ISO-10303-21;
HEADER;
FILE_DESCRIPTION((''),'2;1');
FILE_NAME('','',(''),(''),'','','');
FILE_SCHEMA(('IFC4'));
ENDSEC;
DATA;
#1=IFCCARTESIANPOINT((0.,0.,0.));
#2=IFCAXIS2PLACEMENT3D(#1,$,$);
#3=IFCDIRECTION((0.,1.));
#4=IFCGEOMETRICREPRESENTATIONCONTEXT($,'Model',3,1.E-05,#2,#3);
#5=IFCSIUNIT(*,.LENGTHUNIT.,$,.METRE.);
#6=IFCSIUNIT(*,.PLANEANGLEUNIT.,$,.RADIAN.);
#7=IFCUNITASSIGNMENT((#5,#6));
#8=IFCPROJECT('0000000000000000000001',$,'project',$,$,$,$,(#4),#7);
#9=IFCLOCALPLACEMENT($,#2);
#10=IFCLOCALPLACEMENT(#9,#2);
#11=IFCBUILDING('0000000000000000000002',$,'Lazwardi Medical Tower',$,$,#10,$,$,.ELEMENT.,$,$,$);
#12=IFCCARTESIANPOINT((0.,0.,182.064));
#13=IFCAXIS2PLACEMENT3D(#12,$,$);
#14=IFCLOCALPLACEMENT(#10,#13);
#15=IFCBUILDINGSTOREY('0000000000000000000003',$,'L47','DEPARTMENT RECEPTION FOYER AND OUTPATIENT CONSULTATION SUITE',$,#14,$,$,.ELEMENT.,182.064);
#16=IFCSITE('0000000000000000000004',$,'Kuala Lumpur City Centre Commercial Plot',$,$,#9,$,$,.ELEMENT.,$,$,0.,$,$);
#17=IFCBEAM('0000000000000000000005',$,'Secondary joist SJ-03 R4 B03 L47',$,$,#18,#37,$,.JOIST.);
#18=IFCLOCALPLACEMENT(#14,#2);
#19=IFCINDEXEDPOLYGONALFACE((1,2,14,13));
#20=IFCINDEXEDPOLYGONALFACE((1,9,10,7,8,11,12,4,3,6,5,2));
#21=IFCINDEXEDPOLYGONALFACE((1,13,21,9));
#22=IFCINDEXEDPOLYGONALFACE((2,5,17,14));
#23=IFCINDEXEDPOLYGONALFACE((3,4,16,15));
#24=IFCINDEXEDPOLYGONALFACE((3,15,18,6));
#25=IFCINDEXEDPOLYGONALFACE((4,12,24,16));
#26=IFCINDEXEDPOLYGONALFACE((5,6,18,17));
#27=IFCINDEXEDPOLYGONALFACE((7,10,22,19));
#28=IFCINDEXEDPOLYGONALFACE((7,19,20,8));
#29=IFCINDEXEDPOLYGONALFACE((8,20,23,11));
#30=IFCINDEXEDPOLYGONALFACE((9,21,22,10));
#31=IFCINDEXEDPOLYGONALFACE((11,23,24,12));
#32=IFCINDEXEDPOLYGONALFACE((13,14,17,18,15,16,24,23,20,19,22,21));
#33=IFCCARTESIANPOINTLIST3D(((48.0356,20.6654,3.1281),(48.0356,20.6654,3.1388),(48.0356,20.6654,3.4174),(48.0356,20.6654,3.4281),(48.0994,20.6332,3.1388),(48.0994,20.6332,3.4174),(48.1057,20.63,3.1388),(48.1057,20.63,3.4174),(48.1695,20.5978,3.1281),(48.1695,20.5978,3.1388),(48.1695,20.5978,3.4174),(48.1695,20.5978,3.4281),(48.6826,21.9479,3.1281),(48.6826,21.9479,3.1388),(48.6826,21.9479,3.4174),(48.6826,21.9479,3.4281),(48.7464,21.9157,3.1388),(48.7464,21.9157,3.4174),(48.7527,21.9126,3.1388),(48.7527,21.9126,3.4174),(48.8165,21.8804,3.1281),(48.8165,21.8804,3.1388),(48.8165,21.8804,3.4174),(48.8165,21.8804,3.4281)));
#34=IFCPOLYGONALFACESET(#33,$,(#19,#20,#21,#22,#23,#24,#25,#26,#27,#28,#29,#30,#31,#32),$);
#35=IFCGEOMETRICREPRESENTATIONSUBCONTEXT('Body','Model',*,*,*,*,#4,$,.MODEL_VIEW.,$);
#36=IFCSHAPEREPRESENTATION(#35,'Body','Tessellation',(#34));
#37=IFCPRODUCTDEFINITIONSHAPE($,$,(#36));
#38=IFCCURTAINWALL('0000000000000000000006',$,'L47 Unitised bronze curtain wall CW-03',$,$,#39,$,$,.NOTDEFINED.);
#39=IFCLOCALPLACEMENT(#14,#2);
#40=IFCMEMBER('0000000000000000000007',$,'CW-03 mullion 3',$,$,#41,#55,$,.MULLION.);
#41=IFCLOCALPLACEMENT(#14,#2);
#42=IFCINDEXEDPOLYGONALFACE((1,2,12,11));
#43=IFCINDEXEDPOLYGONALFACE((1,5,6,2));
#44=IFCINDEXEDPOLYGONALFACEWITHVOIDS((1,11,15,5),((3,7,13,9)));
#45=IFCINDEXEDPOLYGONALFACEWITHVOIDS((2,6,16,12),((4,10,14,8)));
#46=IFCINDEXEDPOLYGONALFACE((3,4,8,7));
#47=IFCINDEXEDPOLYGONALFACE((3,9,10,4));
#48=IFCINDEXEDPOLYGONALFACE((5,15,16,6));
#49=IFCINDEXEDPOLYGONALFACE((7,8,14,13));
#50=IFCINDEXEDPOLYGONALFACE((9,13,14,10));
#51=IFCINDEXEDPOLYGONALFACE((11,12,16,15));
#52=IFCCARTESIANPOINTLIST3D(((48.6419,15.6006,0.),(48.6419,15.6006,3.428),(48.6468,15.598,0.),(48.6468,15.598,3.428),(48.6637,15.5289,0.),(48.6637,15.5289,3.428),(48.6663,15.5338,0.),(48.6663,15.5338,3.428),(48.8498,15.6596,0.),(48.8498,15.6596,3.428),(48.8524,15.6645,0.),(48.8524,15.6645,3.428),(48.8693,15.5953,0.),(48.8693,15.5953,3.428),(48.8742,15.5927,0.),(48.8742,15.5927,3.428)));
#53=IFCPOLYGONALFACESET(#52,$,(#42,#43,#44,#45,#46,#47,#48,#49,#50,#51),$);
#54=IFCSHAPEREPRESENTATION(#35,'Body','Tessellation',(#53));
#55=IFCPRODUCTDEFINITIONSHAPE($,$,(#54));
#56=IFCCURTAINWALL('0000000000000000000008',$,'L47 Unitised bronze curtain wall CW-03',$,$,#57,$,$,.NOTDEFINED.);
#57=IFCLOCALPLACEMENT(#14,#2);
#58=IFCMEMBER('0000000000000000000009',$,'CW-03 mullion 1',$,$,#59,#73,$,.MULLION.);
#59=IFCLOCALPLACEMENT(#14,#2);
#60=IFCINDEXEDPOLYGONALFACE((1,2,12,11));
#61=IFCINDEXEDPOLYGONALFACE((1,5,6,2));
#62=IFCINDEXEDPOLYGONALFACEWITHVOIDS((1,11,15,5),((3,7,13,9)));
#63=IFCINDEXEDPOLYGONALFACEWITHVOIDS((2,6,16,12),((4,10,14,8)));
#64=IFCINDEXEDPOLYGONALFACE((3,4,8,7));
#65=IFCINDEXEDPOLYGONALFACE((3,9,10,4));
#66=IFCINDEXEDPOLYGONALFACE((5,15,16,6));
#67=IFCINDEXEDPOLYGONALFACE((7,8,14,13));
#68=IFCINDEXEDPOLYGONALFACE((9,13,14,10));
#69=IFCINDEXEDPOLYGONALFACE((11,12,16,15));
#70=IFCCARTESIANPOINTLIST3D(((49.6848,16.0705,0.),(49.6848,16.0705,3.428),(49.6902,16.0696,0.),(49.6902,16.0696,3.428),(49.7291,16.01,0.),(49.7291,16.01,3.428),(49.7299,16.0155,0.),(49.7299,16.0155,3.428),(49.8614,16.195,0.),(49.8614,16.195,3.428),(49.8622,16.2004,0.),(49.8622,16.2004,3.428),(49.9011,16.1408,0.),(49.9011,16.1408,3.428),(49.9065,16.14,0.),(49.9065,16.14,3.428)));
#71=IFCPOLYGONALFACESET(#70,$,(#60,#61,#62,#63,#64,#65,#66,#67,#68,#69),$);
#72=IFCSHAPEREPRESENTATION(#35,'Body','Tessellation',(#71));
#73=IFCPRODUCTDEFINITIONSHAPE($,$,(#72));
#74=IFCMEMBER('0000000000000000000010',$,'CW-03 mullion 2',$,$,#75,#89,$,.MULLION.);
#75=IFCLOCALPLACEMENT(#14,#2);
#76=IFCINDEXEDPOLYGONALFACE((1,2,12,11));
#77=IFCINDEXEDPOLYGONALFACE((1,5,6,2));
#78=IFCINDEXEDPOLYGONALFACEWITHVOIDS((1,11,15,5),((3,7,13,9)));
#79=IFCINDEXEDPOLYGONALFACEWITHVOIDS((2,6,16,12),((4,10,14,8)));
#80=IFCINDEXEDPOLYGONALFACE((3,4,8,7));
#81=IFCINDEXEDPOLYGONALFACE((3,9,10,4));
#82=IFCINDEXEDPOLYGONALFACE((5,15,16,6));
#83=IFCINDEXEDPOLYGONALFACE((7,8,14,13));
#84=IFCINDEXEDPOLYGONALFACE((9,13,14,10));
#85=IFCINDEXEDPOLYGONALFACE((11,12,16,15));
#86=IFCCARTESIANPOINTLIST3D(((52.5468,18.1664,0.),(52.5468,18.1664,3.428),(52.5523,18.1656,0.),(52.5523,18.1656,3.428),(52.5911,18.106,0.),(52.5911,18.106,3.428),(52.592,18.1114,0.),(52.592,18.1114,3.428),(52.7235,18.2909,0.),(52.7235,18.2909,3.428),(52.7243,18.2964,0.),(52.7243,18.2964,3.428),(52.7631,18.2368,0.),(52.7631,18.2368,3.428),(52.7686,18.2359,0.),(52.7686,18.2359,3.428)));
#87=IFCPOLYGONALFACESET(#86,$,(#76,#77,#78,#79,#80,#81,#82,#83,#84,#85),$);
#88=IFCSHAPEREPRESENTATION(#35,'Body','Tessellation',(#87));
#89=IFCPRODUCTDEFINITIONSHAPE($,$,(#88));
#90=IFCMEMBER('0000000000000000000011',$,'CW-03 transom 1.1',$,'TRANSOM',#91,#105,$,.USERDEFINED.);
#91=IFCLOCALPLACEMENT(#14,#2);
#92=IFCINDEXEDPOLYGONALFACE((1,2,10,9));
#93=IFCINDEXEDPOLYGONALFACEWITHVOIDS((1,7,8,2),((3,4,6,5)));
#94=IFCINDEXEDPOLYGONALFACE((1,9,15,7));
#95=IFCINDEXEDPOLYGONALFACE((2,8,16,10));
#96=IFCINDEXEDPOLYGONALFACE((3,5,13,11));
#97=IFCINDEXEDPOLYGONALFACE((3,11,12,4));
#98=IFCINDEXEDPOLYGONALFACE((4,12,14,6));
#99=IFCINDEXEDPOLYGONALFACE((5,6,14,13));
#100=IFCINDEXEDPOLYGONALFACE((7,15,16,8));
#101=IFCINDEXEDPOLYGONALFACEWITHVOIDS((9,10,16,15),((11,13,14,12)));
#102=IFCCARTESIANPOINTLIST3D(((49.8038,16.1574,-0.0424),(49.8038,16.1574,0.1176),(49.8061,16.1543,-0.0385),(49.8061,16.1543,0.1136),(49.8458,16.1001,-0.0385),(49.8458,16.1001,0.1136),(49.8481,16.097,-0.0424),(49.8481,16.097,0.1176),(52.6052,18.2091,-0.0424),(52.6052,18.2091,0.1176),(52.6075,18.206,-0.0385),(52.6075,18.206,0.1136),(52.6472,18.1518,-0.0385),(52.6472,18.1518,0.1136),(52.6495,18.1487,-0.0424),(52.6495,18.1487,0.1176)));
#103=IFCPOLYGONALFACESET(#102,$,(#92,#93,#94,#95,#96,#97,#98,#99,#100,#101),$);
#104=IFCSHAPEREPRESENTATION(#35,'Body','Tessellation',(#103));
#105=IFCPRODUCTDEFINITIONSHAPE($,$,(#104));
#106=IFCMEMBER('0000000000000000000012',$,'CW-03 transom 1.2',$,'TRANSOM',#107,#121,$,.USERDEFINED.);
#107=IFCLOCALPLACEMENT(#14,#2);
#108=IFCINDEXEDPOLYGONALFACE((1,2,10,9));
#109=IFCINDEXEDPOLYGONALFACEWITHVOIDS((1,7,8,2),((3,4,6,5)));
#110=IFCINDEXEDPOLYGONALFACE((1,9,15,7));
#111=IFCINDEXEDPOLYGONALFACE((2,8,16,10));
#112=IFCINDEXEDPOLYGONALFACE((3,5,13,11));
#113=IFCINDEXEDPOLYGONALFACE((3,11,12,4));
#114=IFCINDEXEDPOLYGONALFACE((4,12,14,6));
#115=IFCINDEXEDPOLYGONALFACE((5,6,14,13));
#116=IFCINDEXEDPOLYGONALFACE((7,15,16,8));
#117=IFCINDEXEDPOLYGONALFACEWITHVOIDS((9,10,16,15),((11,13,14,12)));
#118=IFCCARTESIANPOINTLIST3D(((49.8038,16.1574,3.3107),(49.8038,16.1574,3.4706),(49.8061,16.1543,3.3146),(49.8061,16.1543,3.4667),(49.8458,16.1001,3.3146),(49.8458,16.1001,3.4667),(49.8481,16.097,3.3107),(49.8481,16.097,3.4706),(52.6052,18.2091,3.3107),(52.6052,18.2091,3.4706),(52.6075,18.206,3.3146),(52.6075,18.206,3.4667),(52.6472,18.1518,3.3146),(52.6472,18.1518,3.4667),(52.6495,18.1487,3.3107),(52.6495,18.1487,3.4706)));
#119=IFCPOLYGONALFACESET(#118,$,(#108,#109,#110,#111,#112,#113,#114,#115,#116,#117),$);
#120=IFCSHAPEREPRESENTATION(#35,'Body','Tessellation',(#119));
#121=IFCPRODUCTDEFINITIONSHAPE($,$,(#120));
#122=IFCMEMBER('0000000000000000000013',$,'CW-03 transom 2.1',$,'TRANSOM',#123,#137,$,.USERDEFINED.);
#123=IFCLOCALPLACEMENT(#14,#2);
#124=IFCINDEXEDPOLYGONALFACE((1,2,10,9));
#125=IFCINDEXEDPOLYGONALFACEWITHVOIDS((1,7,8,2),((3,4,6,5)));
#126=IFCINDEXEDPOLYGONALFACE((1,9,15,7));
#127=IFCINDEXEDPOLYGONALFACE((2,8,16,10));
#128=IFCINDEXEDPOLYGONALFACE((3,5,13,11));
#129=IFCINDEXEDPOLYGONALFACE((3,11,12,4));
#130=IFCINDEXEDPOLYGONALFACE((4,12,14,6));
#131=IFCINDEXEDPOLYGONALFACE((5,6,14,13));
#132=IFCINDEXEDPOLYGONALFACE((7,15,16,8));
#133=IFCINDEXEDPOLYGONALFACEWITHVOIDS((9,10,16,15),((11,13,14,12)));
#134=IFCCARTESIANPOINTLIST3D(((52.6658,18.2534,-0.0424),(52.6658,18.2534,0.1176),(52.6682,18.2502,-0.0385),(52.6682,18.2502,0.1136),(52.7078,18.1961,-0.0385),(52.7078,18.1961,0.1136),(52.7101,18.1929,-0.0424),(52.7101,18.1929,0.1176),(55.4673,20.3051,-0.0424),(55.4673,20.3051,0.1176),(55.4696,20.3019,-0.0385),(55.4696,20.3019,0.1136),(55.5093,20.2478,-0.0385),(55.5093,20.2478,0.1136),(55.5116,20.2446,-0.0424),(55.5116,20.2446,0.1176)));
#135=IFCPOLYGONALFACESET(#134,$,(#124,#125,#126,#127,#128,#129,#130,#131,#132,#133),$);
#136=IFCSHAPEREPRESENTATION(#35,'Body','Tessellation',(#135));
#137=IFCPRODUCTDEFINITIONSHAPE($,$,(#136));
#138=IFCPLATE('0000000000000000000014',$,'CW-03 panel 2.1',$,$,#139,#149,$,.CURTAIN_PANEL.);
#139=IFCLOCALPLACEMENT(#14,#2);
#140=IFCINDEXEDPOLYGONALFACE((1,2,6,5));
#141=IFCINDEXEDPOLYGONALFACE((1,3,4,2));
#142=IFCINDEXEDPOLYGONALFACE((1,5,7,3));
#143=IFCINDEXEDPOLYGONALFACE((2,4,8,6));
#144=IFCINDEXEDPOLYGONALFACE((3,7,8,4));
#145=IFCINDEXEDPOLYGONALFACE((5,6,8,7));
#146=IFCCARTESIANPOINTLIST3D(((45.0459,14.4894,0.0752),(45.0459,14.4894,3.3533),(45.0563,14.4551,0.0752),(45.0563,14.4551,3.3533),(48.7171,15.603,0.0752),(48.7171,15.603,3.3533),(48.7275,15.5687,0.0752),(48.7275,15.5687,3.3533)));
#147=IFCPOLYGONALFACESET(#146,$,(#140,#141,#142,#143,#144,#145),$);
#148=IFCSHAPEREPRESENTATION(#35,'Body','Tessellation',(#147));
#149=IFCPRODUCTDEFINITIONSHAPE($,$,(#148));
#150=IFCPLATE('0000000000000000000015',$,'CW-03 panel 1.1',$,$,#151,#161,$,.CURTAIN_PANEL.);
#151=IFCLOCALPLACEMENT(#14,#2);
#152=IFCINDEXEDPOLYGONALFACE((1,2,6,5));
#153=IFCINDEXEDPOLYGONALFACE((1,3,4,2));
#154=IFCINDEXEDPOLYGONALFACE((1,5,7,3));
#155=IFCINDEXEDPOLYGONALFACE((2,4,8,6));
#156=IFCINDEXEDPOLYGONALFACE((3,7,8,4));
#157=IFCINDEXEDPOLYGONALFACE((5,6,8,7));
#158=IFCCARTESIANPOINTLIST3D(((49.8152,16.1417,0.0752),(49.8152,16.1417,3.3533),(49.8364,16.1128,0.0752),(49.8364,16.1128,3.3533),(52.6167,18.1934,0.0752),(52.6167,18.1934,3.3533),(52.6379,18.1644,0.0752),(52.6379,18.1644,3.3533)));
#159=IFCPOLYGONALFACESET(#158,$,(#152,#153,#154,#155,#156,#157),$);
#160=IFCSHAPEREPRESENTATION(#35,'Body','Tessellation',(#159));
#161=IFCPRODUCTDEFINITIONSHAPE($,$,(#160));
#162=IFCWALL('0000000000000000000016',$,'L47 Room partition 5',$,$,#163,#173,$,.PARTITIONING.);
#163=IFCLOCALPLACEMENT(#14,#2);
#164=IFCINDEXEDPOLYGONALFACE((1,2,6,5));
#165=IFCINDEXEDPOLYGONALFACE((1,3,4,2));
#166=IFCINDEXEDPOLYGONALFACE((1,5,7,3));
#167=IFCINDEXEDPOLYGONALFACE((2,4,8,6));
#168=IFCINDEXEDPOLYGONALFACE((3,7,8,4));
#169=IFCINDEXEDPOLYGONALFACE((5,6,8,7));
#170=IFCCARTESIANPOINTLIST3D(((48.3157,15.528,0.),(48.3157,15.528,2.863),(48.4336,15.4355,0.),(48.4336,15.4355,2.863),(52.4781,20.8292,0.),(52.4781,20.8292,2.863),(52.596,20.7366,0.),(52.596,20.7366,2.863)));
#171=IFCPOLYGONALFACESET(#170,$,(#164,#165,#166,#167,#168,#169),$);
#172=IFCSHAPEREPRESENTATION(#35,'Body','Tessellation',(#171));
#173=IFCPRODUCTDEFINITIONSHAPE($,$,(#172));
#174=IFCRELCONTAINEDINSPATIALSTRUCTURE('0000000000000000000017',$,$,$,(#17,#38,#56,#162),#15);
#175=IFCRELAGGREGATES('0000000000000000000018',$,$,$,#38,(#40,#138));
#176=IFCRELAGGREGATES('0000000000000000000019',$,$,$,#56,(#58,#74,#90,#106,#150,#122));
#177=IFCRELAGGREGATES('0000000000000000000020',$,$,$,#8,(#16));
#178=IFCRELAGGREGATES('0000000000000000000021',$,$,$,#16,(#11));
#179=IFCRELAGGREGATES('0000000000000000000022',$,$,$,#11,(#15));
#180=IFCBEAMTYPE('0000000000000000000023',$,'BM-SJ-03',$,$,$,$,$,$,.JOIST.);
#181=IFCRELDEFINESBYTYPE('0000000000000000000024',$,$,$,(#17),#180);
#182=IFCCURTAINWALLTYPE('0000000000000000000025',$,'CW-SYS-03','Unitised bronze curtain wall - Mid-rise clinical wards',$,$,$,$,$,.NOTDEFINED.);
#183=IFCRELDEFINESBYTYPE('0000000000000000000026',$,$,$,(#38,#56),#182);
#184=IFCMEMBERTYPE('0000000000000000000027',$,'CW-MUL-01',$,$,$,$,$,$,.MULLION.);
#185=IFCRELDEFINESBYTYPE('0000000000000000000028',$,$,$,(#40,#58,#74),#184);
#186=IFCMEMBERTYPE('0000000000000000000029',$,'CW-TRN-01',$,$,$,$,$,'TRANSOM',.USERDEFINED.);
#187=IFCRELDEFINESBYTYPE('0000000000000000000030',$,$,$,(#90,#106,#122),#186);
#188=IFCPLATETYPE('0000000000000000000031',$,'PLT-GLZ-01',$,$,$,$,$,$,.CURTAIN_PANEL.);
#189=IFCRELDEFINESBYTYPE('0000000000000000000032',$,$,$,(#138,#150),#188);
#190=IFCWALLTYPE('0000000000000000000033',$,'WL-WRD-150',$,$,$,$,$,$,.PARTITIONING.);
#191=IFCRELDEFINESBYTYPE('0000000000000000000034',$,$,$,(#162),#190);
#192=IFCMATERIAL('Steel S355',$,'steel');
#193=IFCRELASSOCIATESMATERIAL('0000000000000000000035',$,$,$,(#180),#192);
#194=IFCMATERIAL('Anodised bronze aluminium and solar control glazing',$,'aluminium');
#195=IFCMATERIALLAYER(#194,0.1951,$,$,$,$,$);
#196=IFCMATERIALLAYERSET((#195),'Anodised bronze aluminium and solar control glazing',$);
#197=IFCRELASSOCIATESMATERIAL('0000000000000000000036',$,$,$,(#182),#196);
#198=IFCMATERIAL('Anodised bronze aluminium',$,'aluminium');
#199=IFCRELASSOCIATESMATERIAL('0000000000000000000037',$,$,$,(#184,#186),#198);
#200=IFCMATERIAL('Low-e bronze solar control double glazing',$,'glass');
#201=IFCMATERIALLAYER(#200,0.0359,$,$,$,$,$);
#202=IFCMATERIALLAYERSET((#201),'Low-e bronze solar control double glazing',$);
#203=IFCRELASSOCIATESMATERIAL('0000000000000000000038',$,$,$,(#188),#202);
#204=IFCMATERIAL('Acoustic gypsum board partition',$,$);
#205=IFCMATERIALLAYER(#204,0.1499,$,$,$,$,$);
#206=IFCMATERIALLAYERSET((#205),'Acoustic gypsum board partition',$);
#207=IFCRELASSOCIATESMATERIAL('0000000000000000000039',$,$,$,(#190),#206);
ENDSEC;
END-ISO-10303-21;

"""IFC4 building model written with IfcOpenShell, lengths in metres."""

from ifc_helpers import new_model, si_unit, direction, frame, frame_2d, origin, origin_2d, place, context, subcontext, project, spatial, rectangle, hollow_rectangle, i_section, extrude, material, layer, layer_set, material_profile, profile_set, type_object, element, aggregate, save


model = new_model("IFC4")

# Units and contexts
model_context = context("Model", 3, precision=1e-05, world=origin(), true_north=direction((0.0, 1.0)))
body_context = subcontext(model_context, "Body", "Model", "MODEL_VIEW")
ifc_project = project(units=[si_unit("LENGTHUNIT", "METRE"), si_unit("PLANEANGLEUNIT", "RADIAN")], contexts=[model_context])

# Site, building, storey
site_placement = place(None, origin())
site = spatial("IfcSite", under=ifc_project, at=site_placement, Name="Kuala Lumpur City Centre Commercial Plot", CompositionType="ELEMENT", RefElevation=0.0)
building_placement = place(site_placement, origin())
building = spatial("IfcBuilding", under=site, at=building_placement, Name="Lazwardi Medical Tower", CompositionType="ELEMENT")
storey_placement = place(building_placement, frame((0.0, 0.0, 182.064)))
storey = spatial("IfcBuildingStorey", under=building, at=storey_placement, Name="L47", Description="DEPARTMENT RECEPTION FOYER AND OUTPATIENT CONSULTATION SUITE", CompositionType="ELEMENT", Elevation=182.064)

# Beam
ifc_material_1 = material(Name="Steel S355", Category="steel")
ifc_material_profile_1 = material_profile(ifc_material_1, i_section(OverallWidth=0.1499, OverallDepth=0.3, WebThickness=0.0071, FlangeThickness=0.0107, at=origin_2d()), Name="IPE 300")
ifc_profile_set_1 = profile_set([ifc_material_profile_1], Name="Steel S355")
beam_type_1 = type_object("IfcBeamType", Name="BM-SJ-03", PredefinedType="JOIST", material=ifc_profile_set_1)
beam_1_placement = place(storey_placement, frame((48.1025, 20.6316, 3.2781), z_axis=(0.450406, 0.892824, 0.0), x_axis=(-0.892824, 0.450406, 0.0)))
element("IfcBeam", 1, at=beam_1_placement, inside=storey, type_object=beam_type_1, Name="Secondary joist SJ-03 R4 B03 L47", PredefinedType="JOIST", context=body_context, shape_type="SweptSolid", body=[
    extrude(i_section(OverallWidth=0.1499, OverallDepth=0.3, WebThickness=0.0071, FlangeThickness=0.0107, at=origin_2d()), origin(), (0.0, 0.0, 1.0), 1.4365),
])

# Curtain wall, member
ifc_material_2 = material(Name="Anodised bronze aluminium and solar control glazing", Category="aluminium")
ifc_layer_1 = layer(ifc_material_2, 0.1951)
ifc_layer_set_1 = layer_set([ifc_layer_1], Name="Anodised bronze aluminium and solar control glazing")
curtain_wall_type = type_object("IfcCurtainWallType", Name="CW-SYS-03", Description="Unitised bronze curtain wall - Mid-rise clinical wards", PredefinedType="NOTDEFINED", material=ifc_layer_set_1)
curtain_wall_1_placement = place(storey_placement, origin())
curtain_wall_1 = element("IfcCurtainWall", 2, at=curtain_wall_1_placement, inside=storey, type_object=curtain_wall_type, Name="L47 Unitised bronze curtain wall CW-03", PredefinedType="NOTDEFINED")
ifc_material_3 = material(Name="Anodised bronze aluminium", Category="aluminium")
ifc_material_profile_2 = material_profile(ifc_material_3, hollow_rectangle(XDim=0.075, YDim=0.22, WallThickness=0.0039, at=origin_2d()), Name="ALU-MULLION 220x75x4")
ifc_profile_set_2 = profile_set([ifc_material_profile_2], Name="Anodised bronze aluminium")
member_type_1 = type_object("IfcMemberType", Name="CW-MUL-01", PredefinedType="MULLION", material=ifc_profile_set_2)
member_1_placement = place(storey_placement, frame((48.7581, 15.5967, 0.0), z_axis=(0.0, 0.0, 1.0), x_axis=(-0.290281, 0.956942, 0.0)))
member_1 = element("IfcMember", 3, at=member_1_placement, type_object=member_type_1, Name="CW-03 mullion 3", PredefinedType="MULLION", context=body_context, shape_type="SweptSolid", body=[
    extrude(hollow_rectangle(XDim=0.075, YDim=0.22, WallThickness=0.0039, at=origin_2d()), origin(), (0.0, 0.0, 1.0), 3.428),
])

# Curtain wall, members
curtain_wall_2_placement = place(storey_placement, origin())
curtain_wall_2 = element("IfcCurtainWall", 4, at=curtain_wall_2_placement, inside=storey, type_object=curtain_wall_type, Name="L47 Unitised bronze curtain wall CW-03", PredefinedType="NOTDEFINED")
member_2_placement = place(storey_placement, frame((49.7957, 16.1052, 0.0), z_axis=(0.0, 0.0, 1.0), x_axis=(-0.590834, 0.806793, 0.0)))
member_2 = element("IfcMember", 5, at=member_2_placement, type_object=member_type_1, Name="CW-03 mullion 1", PredefinedType="MULLION", context=body_context, shape_type="SweptSolid", body=[
    extrude(hollow_rectangle(XDim=0.075, YDim=0.22, WallThickness=0.0039, at=origin_2d()), origin(), (0.0, 0.0, 1.0), 3.428),
])
member_3_placement = place(storey_placement, frame((52.6577, 18.2012, 0.0), z_axis=(0.0, 0.0, 1.0), x_axis=(-0.590834, 0.806793, 0.0)))
member_3 = element("IfcMember", 6, at=member_3_placement, type_object=member_type_1, Name="CW-03 mullion 2", PredefinedType="MULLION", context=body_context, shape_type="SweptSolid", body=[
    extrude(hollow_rectangle(XDim=0.075, YDim=0.22, WallThickness=0.0039, at=origin_2d()), origin(), (0.0, 0.0, 1.0), 3.428),
])
ifc_material_profile_3 = material_profile(ifc_material_3, hollow_rectangle(XDim=0.075, YDim=0.1599, WallThickness=0.0039, at=origin_2d()), Name="ALU-TRANSOM 160x75x4")
ifc_profile_set_3 = profile_set([ifc_material_profile_3], Name="Anodised bronze aluminium")
member_type_2 = type_object("IfcMemberType", Name="CW-TRN-01", ElementType="TRANSOM", PredefinedType="USERDEFINED", material=ifc_profile_set_3)
member_4_placement = place(storey_placement, frame((49.8259, 16.1272, 0.0376), z_axis=(0.806774, 0.590861, 0.0), x_axis=(-0.590861, 0.806774, 0.0)))
member_4 = element("IfcMember", 7, at=member_4_placement, type_object=member_type_2, Name="CW-03 transom 1.1", ObjectType="TRANSOM", PredefinedType="USERDEFINED", context=body_context, shape_type="SweptSolid", body=[
    extrude(hollow_rectangle(XDim=0.075, YDim=0.1599, WallThickness=0.0039, at=origin_2d()), origin(), (0.0, 0.0, 1.0), 3.4724),
])
member_5_placement = place(storey_placement, frame((49.8259, 16.1272, 3.3906), z_axis=(0.806774, 0.590861, 0.0), x_axis=(-0.590861, 0.806774, 0.0)))
member_5 = element("IfcMember", 8, at=member_5_placement, type_object=member_type_2, Name="CW-03 transom 1.2", ObjectType="TRANSOM", PredefinedType="USERDEFINED", context=body_context, shape_type="SweptSolid", body=[
    extrude(hollow_rectangle(XDim=0.075, YDim=0.1599, WallThickness=0.0039, at=origin_2d()), origin(), (0.0, 0.0, 1.0), 3.4724),
])
member_6_placement = place(storey_placement, frame((52.688, 18.2231, 0.0376), z_axis=(0.806774, 0.590861, 0.0), x_axis=(-0.590861, 0.806774, 0.0)))
member_6 = element("IfcMember", 9, at=member_6_placement, type_object=member_type_2, Name="CW-03 transom 2.1", ObjectType="TRANSOM", PredefinedType="USERDEFINED", context=body_context, shape_type="SweptSolid", body=[
    extrude(hollow_rectangle(XDim=0.075, YDim=0.1599, WallThickness=0.0039, at=origin_2d()), origin(), (0.0, 0.0, 1.0), 3.4724),
])

# Plates
ifc_material_4 = material(Name="Low-e bronze solar control double glazing", Category="glass")
ifc_layer_2 = layer(ifc_material_4, 0.0359)
ifc_layer_set_2 = layer_set([ifc_layer_2], Name="Low-e bronze solar control double glazing")
plate_type = type_object("IfcPlateType", Name="PLT-GLZ-01", PredefinedType="CURTAIN_PANEL", material=ifc_layer_set_2)
plate_1_placement = place(storey_placement, frame((46.8867, 15.0291, 0.0752), z_axis=(0.0, 0.0, 1.0), x_axis=(0.956942, 0.290281, 0.0)))
plate_1 = element("IfcPlate", 10, at=plate_1_placement, type_object=plate_type, Name="CW-03 panel 2.1", PredefinedType="CURTAIN_PANEL", context=body_context, shape_type="SweptSolid", body=[
    extrude(rectangle(XDim=3.8364, YDim=0.0359, at=origin_2d()), origin(), (0.0, 0.0, 1.0), 3.2781),
])
aggregate(curtain_wall_1, [member_1, plate_1])
plate_2_placement = place(storey_placement, frame((51.2266, 17.1531, 0.0752), z_axis=(0.0, 0.0, 1.0), x_axis=(0.806793, 0.590834, 0.0)))
plate_2 = element("IfcPlate", 11, at=plate_2_placement, type_object=plate_type, Name="CW-03 panel 1.1", PredefinedType="CURTAIN_PANEL", context=body_context, shape_type="SweptSolid", body=[
    extrude(rectangle(XDim=3.4724, YDim=0.0359, at=origin_2d()), origin(), (0.0, 0.0, 1.0), 3.2781),
])
aggregate(curtain_wall_2, [member_2, member_3, member_4, member_5, plate_2, member_6])

# Wall
ifc_material_5 = material(Name="Acoustic gypsum board partition")
ifc_layer_3 = layer(ifc_material_5, 0.1499)
ifc_layer_set_3 = layer_set([ifc_layer_3], Name="Acoustic gypsum board partition")
wall_type = type_object("IfcWallType", Name="WL-WRD-150", PredefinedType="PARTITIONING", material=ifc_layer_set_3)
wall_placement = place(storey_placement, frame((52.5371, 20.783, 0.0), z_axis=(0.0, 0.0, 1.0), x_axis=(-0.61757, -0.786516, 0.0)))
element("IfcWall", 12, at=wall_placement, inside=storey, type_object=wall_type, Name="L47 Room partition 5", PredefinedType="PARTITIONING", context=body_context, shape_type="SweptSolid", body=[
    extrude(rectangle(XDim=6.74, YDim=0.1499, at=frame_2d((3.3701, 0.0))), origin(), (0.0, 0.0, 1.0), 2.863),
])

save(model, "model.ifc")
